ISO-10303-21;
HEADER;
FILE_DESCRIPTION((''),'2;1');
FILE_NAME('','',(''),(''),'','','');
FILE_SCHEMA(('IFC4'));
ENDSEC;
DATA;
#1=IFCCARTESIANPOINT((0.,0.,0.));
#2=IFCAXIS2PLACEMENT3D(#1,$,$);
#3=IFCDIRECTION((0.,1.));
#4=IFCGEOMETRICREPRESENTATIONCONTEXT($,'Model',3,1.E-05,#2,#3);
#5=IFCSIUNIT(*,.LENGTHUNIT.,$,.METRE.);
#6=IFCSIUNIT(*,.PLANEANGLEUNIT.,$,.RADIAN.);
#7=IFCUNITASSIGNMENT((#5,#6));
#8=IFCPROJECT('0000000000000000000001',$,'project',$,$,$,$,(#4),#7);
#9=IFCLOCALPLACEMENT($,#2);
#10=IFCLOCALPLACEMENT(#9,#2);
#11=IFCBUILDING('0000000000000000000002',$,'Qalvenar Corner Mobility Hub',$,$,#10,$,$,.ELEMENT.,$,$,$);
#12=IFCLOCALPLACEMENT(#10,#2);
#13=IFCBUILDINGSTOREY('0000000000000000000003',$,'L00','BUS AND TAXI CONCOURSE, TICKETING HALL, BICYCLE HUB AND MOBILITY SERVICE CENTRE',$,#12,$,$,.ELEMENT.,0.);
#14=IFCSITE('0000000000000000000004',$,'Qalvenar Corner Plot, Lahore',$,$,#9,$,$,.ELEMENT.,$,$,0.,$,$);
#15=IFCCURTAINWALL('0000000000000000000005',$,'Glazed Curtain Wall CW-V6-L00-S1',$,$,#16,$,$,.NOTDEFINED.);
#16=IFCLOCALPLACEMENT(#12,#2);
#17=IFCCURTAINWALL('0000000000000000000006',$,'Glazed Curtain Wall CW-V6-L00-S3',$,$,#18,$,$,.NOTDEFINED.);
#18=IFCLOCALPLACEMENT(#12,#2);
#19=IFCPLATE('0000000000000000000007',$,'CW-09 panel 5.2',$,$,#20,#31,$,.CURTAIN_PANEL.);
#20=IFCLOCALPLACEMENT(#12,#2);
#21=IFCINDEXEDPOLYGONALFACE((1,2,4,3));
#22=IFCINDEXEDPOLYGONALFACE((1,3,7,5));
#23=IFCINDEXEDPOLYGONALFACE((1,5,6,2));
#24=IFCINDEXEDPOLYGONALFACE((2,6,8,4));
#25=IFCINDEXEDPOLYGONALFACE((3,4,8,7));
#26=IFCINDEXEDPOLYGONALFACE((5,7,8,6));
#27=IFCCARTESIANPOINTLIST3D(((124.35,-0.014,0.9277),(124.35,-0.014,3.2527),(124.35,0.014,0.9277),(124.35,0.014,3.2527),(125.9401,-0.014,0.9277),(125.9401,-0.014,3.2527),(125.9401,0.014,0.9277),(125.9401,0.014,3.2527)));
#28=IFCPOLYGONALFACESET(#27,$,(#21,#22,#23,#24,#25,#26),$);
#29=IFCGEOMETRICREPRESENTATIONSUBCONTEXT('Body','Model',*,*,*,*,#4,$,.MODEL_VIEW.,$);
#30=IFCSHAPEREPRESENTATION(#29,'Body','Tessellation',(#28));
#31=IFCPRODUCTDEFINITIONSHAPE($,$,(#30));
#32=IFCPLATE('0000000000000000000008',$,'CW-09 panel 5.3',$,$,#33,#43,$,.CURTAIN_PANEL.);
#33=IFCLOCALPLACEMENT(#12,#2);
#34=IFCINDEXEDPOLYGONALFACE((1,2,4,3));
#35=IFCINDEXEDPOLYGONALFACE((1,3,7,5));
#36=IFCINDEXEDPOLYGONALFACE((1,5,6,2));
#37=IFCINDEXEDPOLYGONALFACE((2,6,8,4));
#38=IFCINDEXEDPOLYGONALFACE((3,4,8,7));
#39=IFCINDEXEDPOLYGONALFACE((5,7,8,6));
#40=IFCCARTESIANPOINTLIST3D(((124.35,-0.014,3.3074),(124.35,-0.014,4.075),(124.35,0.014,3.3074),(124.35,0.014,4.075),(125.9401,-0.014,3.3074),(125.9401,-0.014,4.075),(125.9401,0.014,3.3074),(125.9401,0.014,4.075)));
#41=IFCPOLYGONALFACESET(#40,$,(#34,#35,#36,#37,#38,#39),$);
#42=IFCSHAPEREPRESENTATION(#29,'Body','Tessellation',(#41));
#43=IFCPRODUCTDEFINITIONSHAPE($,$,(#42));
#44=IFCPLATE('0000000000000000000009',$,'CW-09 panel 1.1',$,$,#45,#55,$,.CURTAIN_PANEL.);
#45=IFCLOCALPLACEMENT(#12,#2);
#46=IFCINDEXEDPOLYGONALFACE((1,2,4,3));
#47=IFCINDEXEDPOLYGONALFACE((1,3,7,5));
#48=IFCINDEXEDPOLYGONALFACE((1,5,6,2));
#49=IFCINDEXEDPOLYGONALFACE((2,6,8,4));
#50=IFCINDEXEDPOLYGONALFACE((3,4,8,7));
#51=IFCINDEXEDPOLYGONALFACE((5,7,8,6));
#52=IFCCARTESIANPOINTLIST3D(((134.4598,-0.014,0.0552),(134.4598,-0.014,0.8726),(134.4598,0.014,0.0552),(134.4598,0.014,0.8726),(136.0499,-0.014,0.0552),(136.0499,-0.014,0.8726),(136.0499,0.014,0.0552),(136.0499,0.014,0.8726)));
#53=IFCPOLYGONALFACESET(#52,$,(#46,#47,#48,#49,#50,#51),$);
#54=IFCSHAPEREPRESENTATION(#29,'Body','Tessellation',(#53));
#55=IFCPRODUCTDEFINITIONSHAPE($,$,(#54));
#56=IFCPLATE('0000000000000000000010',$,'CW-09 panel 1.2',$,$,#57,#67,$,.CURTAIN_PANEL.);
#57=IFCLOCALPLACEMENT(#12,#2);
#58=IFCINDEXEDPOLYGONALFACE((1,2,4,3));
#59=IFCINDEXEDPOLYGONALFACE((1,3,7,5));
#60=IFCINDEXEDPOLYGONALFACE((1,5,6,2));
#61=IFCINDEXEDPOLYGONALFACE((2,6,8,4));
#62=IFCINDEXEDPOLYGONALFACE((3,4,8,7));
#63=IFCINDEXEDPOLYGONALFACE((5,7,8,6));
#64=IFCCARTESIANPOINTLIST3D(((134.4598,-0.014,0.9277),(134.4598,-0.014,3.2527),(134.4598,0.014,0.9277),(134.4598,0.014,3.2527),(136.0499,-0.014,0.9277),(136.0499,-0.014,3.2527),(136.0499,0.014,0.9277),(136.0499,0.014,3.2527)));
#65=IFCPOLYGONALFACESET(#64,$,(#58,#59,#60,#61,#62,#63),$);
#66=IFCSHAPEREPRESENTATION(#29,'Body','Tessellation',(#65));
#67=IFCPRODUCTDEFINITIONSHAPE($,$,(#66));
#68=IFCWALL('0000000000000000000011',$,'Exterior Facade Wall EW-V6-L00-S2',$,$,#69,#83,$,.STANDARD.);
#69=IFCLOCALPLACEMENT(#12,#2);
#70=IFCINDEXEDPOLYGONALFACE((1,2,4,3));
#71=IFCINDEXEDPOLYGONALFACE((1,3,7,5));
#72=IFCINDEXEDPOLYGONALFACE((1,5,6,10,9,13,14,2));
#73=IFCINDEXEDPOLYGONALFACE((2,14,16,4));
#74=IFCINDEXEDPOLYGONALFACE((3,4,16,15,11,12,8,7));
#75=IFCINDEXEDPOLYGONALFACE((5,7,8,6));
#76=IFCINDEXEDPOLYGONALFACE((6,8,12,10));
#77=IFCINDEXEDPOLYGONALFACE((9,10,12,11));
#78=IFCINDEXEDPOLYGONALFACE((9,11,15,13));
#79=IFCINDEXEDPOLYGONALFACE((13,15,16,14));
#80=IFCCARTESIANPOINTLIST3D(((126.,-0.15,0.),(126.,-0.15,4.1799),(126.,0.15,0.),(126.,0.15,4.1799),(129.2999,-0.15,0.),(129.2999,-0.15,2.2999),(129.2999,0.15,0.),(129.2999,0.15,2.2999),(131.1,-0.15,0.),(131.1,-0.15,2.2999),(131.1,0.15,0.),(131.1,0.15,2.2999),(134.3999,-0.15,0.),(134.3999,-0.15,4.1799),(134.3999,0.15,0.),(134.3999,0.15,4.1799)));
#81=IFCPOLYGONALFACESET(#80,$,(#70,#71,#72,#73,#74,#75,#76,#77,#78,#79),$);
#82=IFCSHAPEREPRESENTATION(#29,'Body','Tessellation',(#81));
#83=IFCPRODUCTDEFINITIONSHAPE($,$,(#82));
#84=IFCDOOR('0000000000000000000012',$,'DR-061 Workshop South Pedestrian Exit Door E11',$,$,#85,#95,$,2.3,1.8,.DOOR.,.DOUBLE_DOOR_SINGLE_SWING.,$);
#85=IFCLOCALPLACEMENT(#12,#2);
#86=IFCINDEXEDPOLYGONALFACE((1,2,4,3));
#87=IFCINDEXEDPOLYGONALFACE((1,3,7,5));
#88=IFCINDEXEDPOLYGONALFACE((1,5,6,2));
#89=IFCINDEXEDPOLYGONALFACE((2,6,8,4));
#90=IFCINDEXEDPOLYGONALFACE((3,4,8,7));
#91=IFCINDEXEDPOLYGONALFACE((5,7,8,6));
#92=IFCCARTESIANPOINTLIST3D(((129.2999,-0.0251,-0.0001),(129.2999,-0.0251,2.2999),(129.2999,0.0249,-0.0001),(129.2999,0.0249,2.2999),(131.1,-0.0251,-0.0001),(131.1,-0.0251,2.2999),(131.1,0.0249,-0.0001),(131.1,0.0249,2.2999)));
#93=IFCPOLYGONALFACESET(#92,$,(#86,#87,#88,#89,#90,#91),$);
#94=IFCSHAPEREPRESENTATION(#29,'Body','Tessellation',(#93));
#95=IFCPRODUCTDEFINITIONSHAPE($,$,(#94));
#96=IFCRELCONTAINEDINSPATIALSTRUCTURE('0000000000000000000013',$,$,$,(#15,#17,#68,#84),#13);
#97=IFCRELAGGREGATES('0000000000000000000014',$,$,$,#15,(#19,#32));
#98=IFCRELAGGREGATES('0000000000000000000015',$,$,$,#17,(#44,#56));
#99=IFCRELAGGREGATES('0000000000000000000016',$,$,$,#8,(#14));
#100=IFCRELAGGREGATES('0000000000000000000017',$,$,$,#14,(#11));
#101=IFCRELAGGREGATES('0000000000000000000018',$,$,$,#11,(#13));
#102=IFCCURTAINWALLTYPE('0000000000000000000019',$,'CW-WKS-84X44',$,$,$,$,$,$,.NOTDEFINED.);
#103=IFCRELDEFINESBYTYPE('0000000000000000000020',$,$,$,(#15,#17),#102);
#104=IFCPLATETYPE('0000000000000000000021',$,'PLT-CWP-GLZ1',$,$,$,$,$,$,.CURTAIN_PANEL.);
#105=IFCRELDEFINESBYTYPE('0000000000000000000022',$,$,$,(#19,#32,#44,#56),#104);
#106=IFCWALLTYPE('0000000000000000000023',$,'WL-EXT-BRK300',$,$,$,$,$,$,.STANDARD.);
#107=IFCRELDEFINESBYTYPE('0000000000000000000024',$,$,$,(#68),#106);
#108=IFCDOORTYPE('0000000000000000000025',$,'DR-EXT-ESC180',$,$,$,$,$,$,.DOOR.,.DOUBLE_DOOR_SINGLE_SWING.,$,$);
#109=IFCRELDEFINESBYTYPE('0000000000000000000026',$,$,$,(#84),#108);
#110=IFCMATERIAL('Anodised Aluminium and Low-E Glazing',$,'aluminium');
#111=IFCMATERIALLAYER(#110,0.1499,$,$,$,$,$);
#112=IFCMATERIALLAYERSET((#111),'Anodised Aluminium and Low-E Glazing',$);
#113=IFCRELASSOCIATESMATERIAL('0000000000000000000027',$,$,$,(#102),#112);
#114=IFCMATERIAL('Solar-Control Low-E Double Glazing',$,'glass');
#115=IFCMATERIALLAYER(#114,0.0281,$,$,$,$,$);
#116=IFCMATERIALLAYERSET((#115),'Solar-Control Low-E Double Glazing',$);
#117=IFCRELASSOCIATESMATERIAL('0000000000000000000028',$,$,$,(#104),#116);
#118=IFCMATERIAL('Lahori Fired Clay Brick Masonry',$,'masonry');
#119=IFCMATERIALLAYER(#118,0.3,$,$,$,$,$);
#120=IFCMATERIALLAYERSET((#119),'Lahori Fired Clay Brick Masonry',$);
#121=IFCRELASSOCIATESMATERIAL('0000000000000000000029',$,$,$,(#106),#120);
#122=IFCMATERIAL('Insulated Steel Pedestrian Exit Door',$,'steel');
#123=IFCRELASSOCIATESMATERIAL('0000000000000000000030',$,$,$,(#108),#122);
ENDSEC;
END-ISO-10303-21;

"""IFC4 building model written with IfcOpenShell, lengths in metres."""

from ifc_helpers import new_model, si_unit, direction, frame, frame_2d, origin, origin_2d, place, context, subcontext, project, spatial, rectangle, extrude, material, layer, layer_set, type_object, element, fill, aggregate, save


model = new_model("IFC4")

# Units and contexts
model_context = context("Model", 3, precision=1e-05, world=origin(), true_north=direction((0.0, 1.0)))
body_context = subcontext(model_context, "Body", "Model", "MODEL_VIEW")
ifc_project = project(units=[si_unit("LENGTHUNIT", "METRE"), si_unit("PLANEANGLEUNIT", "RADIAN")], contexts=[model_context])

# Site, building, storey
site_placement = place(None, origin())
site = spatial("IfcSite", under=ifc_project, at=site_placement, Name="Qalvenar Corner Plot, Lahore", CompositionType="ELEMENT", RefElevation=0.0)
building_placement = place(site_placement, origin())
building = spatial("IfcBuilding", under=site, at=building_placement, Name="Qalvenar Corner Mobility Hub", CompositionType="ELEMENT")
storey_placement = place(building_placement, origin())
storey = spatial("IfcBuildingStorey", under=building, at=storey_placement, Name="L00", Description="BUS AND TAXI CONCOURSE, TICKETING HALL, BICYCLE HUB AND MOBILITY SERVICE CENTRE", CompositionType="ELEMENT", Elevation=0.0)

# Curtain wall
ifc_material_1 = material(Name="Anodised Aluminium and Low-E Glazing", Category="aluminium")
ifc_layer_1 = layer(ifc_material_1, 0.1499)
ifc_layer_set_1 = layer_set([ifc_layer_1], Name="Anodised Aluminium and Low-E Glazing")
curtain_wall_type = type_object("IfcCurtainWallType", Name="CW-WKS-84X44", PredefinedType="NOTDEFINED", material=ifc_layer_set_1)
curtain_wall_1_placement = place(storey_placement, origin())
curtain_wall_1 = element("IfcCurtainWall", 1, at=curtain_wall_1_placement, inside=storey, type_object=curtain_wall_type, Name="Glazed Curtain Wall CW-V6-L00-S1", PredefinedType="NOTDEFINED")

# Curtain wall
curtain_wall_2_placement = place(storey_placement, origin())
curtain_wall_2 = element("IfcCurtainWall", 2, at=curtain_wall_2_placement, inside=storey, type_object=curtain_wall_type, Name="Glazed Curtain Wall CW-V6-L00-S3", PredefinedType="NOTDEFINED")

# Plates
ifc_material_2 = material(Name="Solar-Control Low-E Double Glazing", Category="glass")
ifc_layer_2 = layer(ifc_material_2, 0.0281)
ifc_layer_set_2 = layer_set([ifc_layer_2], Name="Solar-Control Low-E Double Glazing")
plate_type = type_object("IfcPlateType", Name="PLT-CWP-GLZ1", PredefinedType="CURTAIN_PANEL", material=ifc_layer_set_2)
plate_1_placement = place(storey_placement, frame((125.145, 0.0, 0.9277), z_axis=(0.0, 0.0, 1.0), x_axis=(1.0, 0.0, 0.0)))
plate_1 = element("IfcPlate", 3, at=plate_1_placement, type_object=plate_type, Name="CW-09 panel 5.2", PredefinedType="CURTAIN_PANEL", context=body_context, shape_type="SweptSolid", body=[
    extrude(rectangle(XDim=1.5901, YDim=0.0281, at=origin_2d()), origin(), (0.0, 0.0, 1.0), 2.325),
])
plate_2_placement = place(storey_placement, frame((125.145, 0.0, 3.3074), z_axis=(0.0, 0.0, 1.0), x_axis=(1.0, 0.0, 0.0)))
plate_2 = element("IfcPlate", 4, at=plate_2_placement, type_object=plate_type, Name="CW-09 panel 5.3", PredefinedType="CURTAIN_PANEL", context=body_context, shape_type="SweptSolid", body=[
    extrude(rectangle(XDim=1.5901, YDim=0.0281, at=origin_2d()), origin(), (0.0, 0.0, 1.0), 0.7676),
])
aggregate(curtain_wall_1, [plate_1, plate_2])
plate_3_placement = place(storey_placement, frame((135.2549, 0.0, 0.0552), z_axis=(0.0, 0.0, 1.0), x_axis=(1.0, 0.0, 0.0)))
plate_3 = element("IfcPlate", 5, at=plate_3_placement, type_object=plate_type, Name="CW-09 panel 1.1", PredefinedType="CURTAIN_PANEL", context=body_context, shape_type="SweptSolid", body=[
    extrude(rectangle(XDim=1.5901, YDim=0.0281, at=origin_2d()), origin(), (0.0, 0.0, 1.0), 0.8174),
])
plate_4_placement = place(storey_placement, frame((135.2549, 0.0, 0.9277), z_axis=(0.0, 0.0, 1.0), x_axis=(1.0, 0.0, 0.0)))
plate_4 = element("IfcPlate", 6, at=plate_4_placement, type_object=plate_type, Name="CW-09 panel 1.2", PredefinedType="CURTAIN_PANEL", context=body_context, shape_type="SweptSolid", body=[
    extrude(rectangle(XDim=1.5901, YDim=0.0281, at=origin_2d()), origin(), (0.0, 0.0, 1.0), 2.325),
])
aggregate(curtain_wall_2, [plate_3, plate_4])

# Wall, opening, door
ifc_material_3 = material(Name="Lahori Fired Clay Brick Masonry", Category="masonry")
ifc_layer_3 = layer(ifc_material_3, 0.3)
ifc_layer_set_3 = layer_set([ifc_layer_3], Name="Lahori Fired Clay Brick Masonry")
wall_type = type_object("IfcWallType", Name="WL-EXT-BRK300", PredefinedType="STANDARD", material=ifc_layer_set_3)
wall_placement = place(storey_placement, frame((126.0, 0.0, 0.0), z_axis=(0.0, 0.0, 1.0), x_axis=(1.0, 0.0, 0.0)))
wall = element("IfcWall", 7, at=wall_placement, inside=storey, type_object=wall_type, Name="Exterior Facade Wall EW-V6-L00-S2", PredefinedType="STANDARD", context=body_context, shape_type="SweptSolid", body=[
    extrude(rectangle(XDim=8.3999, YDim=0.3, at=frame_2d((4.2, 0.0))), origin(), (0.0, 0.0, 1.0), 4.1799),
])
opening_placement = place(wall_placement, frame((3.3, 0.0, 0.0)))
opening = element("IfcOpeningElement", 8, at=opening_placement, cuts=wall, PredefinedType="OPENING", context=body_context, shape_type="SweptSolid", body=[
    extrude(rectangle(XDim=1.8, YDim=2.3, at=frame_2d((0.8999, 1.1499))), frame((0.0, 0.1602, 0.0), z_axis=(0.0, -1.0, 0.0), x_axis=(1.0, 0.0, 0.0)), (0.0, 0.0, 1.0), 0.3201),
])
ifc_material_4 = material(Name="Insulated Steel Pedestrian Exit Door", Category="steel")
door_type = type_object("IfcDoorType", Name="DR-EXT-ESC180", OperationType="DOUBLE_DOOR_SINGLE_SWING", PredefinedType="DOOR", material=ifc_material_4)
door_placement = place(opening_placement, origin())
door = element("IfcDoor", 9, at=door_placement, inside=storey, type_object=door_type, Name="DR-061 Workshop South Pedestrian Exit Door E11", OperationType="DOUBLE_DOOR_SINGLE_SWING", OverallHeight=2.3, OverallWidth=1.8, PredefinedType="DOOR", context=body_context, shape_type="SweptSolid", body=[
    extrude(rectangle(XDim=1.8, YDim=2.3, at=frame_2d((0.8999, 1.1499))), frame((0.0, 0.0249, 0.0), z_axis=(0.0, -1.0, 0.0), x_axis=(1.0, 0.0, 0.0)), (0.0, 0.0, 1.0), 0.05),
])
fill(opening, door)

save(model, "model.ifc")
